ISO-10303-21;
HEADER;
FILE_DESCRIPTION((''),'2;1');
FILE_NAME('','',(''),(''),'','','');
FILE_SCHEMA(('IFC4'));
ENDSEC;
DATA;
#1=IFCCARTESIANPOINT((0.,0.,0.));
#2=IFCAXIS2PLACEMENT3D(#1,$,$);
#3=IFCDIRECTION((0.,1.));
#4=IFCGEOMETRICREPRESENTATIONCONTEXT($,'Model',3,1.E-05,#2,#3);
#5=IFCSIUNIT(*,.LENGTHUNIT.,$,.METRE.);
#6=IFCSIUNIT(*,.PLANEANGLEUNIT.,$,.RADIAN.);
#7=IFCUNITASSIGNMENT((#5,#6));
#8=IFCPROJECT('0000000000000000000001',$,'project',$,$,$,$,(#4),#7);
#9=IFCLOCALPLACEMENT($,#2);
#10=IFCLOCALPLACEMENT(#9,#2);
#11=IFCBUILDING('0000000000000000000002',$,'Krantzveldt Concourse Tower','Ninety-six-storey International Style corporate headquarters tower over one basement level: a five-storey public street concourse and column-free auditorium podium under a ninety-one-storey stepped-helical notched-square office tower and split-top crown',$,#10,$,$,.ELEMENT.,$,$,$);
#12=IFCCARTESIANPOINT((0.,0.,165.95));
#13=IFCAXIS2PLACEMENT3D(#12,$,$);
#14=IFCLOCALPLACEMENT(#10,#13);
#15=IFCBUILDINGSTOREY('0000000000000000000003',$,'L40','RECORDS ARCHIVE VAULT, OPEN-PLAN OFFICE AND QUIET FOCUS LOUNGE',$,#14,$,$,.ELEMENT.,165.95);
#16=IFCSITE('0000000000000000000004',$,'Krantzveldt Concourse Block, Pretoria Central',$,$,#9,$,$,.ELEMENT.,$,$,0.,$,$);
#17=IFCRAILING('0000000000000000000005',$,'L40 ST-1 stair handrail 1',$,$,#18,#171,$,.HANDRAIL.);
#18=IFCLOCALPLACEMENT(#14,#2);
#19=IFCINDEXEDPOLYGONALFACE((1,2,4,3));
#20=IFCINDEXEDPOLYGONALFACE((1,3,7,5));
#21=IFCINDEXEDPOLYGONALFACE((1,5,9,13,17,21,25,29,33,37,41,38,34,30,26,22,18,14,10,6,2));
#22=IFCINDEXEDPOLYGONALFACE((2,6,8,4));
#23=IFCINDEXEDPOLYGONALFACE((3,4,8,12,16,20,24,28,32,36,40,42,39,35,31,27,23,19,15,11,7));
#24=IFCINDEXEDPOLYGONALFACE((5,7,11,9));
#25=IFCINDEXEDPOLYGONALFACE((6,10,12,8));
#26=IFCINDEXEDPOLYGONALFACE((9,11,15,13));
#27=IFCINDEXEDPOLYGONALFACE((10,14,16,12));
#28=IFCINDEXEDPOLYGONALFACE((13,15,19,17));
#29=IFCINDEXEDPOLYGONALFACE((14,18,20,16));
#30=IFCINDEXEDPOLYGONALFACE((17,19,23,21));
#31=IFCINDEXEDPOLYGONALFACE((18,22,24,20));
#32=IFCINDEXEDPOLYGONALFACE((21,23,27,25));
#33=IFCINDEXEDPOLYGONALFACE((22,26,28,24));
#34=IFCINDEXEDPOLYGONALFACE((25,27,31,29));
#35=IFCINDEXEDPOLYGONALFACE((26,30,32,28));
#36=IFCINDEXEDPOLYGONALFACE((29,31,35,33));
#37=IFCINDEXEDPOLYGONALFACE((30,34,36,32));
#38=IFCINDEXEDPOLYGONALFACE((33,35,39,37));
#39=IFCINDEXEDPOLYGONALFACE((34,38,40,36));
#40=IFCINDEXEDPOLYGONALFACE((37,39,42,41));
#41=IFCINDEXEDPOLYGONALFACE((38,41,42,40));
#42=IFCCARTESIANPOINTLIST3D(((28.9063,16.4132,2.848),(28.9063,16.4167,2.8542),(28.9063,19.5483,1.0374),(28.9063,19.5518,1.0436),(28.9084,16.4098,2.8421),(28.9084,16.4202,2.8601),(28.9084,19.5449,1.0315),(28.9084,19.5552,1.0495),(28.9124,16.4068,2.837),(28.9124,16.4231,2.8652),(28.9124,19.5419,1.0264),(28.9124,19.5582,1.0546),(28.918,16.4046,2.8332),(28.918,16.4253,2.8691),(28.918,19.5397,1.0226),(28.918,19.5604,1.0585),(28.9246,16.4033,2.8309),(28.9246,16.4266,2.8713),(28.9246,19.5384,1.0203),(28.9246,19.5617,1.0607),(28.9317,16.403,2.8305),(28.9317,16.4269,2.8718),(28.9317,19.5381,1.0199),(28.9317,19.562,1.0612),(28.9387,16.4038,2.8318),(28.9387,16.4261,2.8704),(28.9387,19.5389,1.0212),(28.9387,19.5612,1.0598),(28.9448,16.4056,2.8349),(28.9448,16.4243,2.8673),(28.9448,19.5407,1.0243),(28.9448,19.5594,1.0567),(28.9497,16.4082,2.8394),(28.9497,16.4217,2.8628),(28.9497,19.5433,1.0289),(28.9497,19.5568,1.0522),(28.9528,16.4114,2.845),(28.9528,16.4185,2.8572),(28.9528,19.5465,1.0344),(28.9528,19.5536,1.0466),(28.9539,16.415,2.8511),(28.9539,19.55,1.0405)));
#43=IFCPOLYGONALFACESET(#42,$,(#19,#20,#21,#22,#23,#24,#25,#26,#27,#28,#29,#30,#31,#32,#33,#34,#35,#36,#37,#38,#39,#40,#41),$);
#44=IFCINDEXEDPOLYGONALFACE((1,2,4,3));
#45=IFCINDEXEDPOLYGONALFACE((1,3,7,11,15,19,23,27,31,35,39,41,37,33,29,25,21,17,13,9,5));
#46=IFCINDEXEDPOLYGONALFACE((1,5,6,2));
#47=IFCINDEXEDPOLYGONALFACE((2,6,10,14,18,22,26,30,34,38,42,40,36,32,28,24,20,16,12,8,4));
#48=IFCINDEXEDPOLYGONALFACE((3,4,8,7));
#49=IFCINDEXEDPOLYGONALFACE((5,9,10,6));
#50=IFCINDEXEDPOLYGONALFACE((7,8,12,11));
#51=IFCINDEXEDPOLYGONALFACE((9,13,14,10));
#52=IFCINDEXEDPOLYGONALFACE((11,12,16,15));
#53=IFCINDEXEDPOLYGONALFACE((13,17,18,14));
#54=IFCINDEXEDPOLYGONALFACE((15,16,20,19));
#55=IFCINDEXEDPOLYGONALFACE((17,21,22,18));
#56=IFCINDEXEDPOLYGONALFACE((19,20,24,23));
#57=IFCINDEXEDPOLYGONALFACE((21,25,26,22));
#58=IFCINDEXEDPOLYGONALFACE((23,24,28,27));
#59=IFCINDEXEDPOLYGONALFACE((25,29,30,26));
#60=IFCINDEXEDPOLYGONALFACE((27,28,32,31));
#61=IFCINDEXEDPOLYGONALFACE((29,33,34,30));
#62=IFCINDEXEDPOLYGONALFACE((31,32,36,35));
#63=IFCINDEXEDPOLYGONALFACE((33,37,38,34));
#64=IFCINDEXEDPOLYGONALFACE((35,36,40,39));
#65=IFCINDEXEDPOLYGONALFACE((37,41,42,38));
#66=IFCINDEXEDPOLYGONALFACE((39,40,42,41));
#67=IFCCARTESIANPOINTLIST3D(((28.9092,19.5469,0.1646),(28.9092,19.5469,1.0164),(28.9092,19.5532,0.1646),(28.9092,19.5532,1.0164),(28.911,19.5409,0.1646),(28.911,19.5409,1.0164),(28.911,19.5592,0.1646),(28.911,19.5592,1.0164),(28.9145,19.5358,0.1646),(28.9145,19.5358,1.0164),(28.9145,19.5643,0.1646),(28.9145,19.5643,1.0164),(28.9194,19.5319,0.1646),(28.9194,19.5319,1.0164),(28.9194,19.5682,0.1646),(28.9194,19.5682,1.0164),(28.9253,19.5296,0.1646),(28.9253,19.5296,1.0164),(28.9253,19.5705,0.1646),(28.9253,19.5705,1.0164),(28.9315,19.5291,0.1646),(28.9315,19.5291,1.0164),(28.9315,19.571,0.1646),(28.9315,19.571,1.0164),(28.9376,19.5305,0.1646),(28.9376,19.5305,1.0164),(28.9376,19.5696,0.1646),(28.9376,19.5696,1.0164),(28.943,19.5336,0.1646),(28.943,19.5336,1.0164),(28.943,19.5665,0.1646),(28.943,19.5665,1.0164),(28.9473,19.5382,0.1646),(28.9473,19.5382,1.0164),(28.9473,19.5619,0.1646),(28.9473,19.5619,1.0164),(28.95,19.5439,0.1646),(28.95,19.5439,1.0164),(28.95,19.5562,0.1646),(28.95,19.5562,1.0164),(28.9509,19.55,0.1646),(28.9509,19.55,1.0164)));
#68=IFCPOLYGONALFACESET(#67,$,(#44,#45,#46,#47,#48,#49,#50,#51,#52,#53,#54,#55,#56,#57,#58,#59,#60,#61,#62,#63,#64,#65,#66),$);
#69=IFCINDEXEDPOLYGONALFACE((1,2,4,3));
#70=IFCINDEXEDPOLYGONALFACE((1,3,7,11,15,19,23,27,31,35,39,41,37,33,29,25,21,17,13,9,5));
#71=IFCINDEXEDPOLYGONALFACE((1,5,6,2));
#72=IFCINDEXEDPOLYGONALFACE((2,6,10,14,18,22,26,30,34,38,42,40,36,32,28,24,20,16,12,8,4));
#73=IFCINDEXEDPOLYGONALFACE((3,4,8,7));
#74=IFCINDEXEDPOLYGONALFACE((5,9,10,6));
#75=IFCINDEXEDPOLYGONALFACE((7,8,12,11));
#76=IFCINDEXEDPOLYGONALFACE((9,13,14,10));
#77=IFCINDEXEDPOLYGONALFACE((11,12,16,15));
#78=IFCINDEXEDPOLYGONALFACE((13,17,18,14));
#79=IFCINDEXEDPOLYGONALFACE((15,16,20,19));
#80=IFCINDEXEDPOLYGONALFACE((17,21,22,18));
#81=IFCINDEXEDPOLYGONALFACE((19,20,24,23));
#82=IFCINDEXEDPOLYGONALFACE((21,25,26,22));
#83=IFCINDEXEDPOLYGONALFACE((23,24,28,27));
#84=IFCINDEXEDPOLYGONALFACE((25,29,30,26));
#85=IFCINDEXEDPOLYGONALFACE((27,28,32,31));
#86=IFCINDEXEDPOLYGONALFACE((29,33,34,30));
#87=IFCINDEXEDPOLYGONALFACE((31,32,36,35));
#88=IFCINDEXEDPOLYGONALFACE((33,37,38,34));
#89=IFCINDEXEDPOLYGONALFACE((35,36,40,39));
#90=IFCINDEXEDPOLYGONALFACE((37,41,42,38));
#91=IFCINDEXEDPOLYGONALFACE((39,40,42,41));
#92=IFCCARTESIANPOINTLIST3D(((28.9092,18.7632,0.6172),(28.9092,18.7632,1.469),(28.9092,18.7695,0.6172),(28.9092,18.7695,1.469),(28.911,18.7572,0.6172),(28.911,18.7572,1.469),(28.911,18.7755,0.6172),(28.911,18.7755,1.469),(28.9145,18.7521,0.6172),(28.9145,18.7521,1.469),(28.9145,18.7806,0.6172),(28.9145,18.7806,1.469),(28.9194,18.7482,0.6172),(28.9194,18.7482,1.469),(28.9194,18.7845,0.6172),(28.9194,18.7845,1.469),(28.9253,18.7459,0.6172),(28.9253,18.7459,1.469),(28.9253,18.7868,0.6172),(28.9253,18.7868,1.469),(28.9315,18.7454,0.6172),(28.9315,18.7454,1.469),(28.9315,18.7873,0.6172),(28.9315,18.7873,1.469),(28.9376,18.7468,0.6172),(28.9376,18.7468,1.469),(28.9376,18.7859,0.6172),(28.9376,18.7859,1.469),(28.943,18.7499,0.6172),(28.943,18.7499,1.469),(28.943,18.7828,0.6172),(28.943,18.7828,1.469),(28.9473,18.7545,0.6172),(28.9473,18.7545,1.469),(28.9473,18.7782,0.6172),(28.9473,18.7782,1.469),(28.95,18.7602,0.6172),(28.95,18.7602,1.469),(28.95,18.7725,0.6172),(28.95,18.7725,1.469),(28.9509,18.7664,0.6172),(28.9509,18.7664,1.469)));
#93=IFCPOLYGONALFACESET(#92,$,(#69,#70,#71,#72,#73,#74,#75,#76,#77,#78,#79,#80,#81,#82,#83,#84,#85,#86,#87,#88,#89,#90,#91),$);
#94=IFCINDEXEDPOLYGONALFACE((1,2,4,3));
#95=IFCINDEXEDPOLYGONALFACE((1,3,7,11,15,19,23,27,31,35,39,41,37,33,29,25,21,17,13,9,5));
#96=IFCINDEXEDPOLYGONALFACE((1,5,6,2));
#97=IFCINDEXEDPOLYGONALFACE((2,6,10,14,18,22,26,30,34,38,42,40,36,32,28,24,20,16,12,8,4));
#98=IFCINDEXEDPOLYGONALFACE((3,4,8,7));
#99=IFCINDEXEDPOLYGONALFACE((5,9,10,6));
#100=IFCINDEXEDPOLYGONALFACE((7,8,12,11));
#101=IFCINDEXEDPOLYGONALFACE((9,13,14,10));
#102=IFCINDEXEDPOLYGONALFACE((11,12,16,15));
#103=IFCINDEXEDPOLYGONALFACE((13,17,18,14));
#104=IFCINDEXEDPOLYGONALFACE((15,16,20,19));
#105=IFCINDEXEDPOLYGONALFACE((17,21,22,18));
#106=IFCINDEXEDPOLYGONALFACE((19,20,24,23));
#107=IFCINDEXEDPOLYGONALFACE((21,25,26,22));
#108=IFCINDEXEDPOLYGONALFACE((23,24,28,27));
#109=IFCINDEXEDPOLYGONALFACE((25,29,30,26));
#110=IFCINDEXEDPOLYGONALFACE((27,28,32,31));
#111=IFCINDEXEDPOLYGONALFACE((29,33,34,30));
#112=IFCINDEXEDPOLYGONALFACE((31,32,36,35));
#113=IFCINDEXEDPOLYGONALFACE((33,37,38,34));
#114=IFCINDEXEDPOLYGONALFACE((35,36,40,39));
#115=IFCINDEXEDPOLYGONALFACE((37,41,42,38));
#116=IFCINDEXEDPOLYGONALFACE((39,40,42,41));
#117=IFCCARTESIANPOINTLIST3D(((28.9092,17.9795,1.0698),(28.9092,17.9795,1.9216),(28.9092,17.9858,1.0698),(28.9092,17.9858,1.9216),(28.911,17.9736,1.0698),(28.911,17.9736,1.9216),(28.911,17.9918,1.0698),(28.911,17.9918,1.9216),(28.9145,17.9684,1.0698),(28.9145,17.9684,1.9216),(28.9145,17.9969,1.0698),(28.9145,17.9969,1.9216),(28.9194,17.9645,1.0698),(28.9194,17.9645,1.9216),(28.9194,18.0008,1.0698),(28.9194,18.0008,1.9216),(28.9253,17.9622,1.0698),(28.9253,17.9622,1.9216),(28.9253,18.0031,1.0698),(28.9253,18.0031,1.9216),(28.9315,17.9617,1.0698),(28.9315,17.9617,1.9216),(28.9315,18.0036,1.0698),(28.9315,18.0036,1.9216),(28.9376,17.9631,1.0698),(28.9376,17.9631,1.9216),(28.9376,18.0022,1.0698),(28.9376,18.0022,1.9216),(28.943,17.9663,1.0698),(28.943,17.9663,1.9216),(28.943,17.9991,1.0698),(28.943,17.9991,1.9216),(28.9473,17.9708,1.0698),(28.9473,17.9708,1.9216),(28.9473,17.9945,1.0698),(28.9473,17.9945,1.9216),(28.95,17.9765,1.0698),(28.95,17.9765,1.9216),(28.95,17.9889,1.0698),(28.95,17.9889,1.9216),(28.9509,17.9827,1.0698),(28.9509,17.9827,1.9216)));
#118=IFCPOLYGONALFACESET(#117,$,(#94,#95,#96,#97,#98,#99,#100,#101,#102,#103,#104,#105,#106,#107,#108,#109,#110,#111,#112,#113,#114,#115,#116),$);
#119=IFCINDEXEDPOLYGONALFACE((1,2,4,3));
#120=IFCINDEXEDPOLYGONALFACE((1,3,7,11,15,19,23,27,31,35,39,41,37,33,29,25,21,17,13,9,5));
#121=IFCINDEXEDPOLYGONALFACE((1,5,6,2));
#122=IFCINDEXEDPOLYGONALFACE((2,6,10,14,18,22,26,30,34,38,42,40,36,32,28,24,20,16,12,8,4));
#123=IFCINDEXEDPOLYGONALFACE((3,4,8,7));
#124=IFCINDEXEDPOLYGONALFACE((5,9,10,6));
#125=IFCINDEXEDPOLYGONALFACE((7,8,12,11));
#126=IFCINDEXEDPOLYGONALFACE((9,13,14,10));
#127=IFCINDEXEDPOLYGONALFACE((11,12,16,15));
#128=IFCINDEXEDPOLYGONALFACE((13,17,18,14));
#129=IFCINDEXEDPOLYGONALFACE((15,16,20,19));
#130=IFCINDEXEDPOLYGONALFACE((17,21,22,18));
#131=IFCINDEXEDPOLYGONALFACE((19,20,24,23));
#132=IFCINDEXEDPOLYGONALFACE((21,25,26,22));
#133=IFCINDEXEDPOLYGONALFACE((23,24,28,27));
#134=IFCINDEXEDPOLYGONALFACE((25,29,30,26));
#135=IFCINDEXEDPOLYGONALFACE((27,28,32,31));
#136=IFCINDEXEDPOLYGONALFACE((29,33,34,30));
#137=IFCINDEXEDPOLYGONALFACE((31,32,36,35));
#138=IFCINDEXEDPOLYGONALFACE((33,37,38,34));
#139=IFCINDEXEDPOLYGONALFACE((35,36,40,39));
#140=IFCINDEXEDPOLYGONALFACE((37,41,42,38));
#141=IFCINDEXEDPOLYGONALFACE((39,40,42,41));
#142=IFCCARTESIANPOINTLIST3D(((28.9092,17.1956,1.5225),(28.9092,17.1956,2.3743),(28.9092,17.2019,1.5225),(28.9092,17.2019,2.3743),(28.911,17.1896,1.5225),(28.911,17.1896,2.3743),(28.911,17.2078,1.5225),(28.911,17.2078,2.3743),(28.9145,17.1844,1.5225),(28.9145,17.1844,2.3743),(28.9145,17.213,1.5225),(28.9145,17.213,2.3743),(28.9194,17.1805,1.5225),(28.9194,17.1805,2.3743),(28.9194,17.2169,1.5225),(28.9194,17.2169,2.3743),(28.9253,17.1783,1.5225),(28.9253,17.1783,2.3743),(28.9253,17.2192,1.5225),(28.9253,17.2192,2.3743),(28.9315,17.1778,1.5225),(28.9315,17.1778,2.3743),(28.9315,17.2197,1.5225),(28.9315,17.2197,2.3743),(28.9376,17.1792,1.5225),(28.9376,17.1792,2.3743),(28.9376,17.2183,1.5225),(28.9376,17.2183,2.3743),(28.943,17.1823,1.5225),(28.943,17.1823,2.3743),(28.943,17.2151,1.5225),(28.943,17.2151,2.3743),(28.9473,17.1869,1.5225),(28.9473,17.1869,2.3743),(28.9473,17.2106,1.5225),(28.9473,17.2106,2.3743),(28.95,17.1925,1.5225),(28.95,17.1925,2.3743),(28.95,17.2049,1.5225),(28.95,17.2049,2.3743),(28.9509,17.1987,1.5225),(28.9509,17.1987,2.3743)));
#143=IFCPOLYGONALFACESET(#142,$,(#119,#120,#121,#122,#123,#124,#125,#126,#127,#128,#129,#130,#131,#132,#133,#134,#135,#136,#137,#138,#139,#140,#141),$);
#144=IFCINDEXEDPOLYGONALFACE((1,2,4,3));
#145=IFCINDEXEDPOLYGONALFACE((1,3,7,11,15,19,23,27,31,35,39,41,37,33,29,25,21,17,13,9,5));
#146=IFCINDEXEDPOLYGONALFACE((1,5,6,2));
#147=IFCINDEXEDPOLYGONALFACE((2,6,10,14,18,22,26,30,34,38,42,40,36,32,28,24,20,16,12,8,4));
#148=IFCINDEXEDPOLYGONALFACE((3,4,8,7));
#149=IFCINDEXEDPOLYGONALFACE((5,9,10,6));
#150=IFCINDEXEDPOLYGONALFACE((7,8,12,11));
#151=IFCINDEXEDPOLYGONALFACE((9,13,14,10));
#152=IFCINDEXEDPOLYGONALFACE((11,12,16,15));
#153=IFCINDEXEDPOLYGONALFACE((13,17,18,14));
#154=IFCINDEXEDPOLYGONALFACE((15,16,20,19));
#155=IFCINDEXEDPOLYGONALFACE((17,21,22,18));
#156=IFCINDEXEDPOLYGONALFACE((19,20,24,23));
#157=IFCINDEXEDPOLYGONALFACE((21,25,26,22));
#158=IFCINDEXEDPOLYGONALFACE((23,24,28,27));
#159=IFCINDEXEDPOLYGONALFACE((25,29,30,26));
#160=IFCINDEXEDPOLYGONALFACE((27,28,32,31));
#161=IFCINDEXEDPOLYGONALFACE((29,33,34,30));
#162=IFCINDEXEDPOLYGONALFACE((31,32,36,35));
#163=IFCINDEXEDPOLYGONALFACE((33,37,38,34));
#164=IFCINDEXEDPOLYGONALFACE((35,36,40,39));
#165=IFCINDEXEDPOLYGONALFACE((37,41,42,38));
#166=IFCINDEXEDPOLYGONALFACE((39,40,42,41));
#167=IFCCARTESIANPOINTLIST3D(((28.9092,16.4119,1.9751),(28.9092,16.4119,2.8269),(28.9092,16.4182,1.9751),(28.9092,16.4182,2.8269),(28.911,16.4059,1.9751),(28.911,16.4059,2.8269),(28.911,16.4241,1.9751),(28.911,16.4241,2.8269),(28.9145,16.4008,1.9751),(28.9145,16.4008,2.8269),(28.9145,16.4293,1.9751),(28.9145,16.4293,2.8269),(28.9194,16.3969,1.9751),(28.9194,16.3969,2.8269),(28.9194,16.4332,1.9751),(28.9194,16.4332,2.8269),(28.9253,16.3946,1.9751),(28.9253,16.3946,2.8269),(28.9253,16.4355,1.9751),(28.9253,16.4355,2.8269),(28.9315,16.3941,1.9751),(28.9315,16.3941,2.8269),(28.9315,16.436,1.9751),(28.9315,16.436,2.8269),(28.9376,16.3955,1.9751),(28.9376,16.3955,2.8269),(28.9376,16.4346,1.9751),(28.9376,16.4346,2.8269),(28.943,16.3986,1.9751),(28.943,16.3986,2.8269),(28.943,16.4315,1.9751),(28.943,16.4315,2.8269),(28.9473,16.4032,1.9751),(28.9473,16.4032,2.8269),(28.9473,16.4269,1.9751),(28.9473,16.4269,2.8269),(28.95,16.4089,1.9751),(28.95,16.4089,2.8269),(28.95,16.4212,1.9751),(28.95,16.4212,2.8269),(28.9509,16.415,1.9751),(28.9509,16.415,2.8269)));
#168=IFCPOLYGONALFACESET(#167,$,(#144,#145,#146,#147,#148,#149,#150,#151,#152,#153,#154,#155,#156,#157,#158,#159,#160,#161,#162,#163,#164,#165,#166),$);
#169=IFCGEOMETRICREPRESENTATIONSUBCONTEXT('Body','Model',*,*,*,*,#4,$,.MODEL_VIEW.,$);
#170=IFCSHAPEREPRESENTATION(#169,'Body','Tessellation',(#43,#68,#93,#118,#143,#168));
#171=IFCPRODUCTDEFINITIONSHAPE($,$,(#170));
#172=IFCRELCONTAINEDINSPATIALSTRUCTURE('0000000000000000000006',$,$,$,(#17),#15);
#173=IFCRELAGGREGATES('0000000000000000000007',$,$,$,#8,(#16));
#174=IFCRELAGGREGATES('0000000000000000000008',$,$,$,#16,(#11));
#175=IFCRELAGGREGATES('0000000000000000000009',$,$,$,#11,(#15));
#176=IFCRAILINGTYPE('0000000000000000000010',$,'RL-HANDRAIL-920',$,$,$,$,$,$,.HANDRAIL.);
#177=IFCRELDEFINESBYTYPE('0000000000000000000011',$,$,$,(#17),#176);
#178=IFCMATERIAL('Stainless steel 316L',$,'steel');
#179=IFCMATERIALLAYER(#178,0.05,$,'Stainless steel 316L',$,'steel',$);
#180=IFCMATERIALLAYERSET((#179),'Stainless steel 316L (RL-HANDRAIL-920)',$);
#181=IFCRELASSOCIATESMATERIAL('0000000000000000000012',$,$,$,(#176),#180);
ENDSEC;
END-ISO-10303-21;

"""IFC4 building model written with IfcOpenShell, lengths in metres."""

from ifc_helpers import new_model, si_unit, direction, frame, origin, origin_2d, place, context, subcontext, project, spatial, circle, extrude, material, layer, layer_set, type_object, element, save


model = new_model("IFC4")

# Units and contexts
model_context = context("Model", 3, precision=1e-05, world=origin(), true_north=direction((0.0, 1.0)))
body_context = subcontext(model_context, "Body", "Model", "MODEL_VIEW")
ifc_project = project(units=[si_unit("LENGTHUNIT", "METRE"), si_unit("PLANEANGLEUNIT", "RADIAN")], contexts=[model_context])

# Site, building, storey
site_placement = place(None, origin())
site = spatial("IfcSite", under=ifc_project, at=site_placement, Name="Krantzveldt Concourse Block, Pretoria Central", CompositionType="ELEMENT", RefElevation=0.0)
building_placement = place(site_placement, origin())
building = spatial("IfcBuilding", under=site, at=building_placement, Name="Krantzveldt Concourse Tower", Description="Ninety-six-storey International Style corporate headquarters tower over one basement level: a five-storey public street concourse and column-free auditorium podium under a ninety-one-storey stepped-helical notched-square office tower and split-top crown", CompositionType="ELEMENT")
storey_placement = place(building_placement, frame((0.0, 0.0, 165.95)))
storey = spatial("IfcBuildingStorey", under=building, at=storey_placement, Name="L40", Description="RECORDS ARCHIVE VAULT, OPEN-PLAN OFFICE AND QUIET FOCUS LOUNGE", CompositionType="ELEMENT", Elevation=165.95)

# Railing
ifc_material_1 = material(Name="Stainless steel 316L", Category="steel")
ifc_layer_1 = layer(ifc_material_1, 0.05, Name="Stainless steel 316L", Category="steel")
ifc_layer_set_1 = layer_set([ifc_layer_1], Name="Stainless steel 316L (RL-HANDRAIL-920)")
railing_type_1 = type_object("IfcRailingType", Name="RL-HANDRAIL-920", PredefinedType="HANDRAIL", material=ifc_layer_set_1)
railing_1_placement = place(storey_placement, frame((28.9299, 19.55, 0.1646)))
element("IfcRailing", 1, at=railing_1_placement, inside=storey, type_object=railing_type_1, Name="L40 ST-1 stair handrail 1", PredefinedType="HANDRAIL", context=body_context, shape_type="SweptSolid", body=[
    extrude(circle(Radius=0.0239, at=origin_2d()), frame((0.0, 0.0, 0.876), z_axis=(0.0, -0.86596, 0.500114), x_axis=(1.0, 0.0, 0.0)), (0.0, 0.0, 1.0), 3.6204),
    extrude(circle(Radius=0.021, at=origin_2d()), origin(), (0.0, 0.0, 1.0), 0.8518),
    extrude(circle(Radius=0.021, at=origin_2d()), frame((0.0, -0.7837, 0.4526)), (0.0, 0.0, 1.0), 0.8518),
    extrude(circle(Radius=0.021, at=origin_2d()), frame((0.0, -1.5674, 0.9053)), (0.0, 0.0, 1.0), 0.8518),
    extrude(circle(Radius=0.021, at=origin_2d()), frame((0.0, -2.3513, 1.3579)), (0.0, 0.0, 1.0), 0.8518),
    extrude(circle(Radius=0.021, at=origin_2d()), frame((0.0, -3.135, 1.8105)), (0.0, 0.0, 1.0), 0.8518),
])

save(model, "model.ifc")
